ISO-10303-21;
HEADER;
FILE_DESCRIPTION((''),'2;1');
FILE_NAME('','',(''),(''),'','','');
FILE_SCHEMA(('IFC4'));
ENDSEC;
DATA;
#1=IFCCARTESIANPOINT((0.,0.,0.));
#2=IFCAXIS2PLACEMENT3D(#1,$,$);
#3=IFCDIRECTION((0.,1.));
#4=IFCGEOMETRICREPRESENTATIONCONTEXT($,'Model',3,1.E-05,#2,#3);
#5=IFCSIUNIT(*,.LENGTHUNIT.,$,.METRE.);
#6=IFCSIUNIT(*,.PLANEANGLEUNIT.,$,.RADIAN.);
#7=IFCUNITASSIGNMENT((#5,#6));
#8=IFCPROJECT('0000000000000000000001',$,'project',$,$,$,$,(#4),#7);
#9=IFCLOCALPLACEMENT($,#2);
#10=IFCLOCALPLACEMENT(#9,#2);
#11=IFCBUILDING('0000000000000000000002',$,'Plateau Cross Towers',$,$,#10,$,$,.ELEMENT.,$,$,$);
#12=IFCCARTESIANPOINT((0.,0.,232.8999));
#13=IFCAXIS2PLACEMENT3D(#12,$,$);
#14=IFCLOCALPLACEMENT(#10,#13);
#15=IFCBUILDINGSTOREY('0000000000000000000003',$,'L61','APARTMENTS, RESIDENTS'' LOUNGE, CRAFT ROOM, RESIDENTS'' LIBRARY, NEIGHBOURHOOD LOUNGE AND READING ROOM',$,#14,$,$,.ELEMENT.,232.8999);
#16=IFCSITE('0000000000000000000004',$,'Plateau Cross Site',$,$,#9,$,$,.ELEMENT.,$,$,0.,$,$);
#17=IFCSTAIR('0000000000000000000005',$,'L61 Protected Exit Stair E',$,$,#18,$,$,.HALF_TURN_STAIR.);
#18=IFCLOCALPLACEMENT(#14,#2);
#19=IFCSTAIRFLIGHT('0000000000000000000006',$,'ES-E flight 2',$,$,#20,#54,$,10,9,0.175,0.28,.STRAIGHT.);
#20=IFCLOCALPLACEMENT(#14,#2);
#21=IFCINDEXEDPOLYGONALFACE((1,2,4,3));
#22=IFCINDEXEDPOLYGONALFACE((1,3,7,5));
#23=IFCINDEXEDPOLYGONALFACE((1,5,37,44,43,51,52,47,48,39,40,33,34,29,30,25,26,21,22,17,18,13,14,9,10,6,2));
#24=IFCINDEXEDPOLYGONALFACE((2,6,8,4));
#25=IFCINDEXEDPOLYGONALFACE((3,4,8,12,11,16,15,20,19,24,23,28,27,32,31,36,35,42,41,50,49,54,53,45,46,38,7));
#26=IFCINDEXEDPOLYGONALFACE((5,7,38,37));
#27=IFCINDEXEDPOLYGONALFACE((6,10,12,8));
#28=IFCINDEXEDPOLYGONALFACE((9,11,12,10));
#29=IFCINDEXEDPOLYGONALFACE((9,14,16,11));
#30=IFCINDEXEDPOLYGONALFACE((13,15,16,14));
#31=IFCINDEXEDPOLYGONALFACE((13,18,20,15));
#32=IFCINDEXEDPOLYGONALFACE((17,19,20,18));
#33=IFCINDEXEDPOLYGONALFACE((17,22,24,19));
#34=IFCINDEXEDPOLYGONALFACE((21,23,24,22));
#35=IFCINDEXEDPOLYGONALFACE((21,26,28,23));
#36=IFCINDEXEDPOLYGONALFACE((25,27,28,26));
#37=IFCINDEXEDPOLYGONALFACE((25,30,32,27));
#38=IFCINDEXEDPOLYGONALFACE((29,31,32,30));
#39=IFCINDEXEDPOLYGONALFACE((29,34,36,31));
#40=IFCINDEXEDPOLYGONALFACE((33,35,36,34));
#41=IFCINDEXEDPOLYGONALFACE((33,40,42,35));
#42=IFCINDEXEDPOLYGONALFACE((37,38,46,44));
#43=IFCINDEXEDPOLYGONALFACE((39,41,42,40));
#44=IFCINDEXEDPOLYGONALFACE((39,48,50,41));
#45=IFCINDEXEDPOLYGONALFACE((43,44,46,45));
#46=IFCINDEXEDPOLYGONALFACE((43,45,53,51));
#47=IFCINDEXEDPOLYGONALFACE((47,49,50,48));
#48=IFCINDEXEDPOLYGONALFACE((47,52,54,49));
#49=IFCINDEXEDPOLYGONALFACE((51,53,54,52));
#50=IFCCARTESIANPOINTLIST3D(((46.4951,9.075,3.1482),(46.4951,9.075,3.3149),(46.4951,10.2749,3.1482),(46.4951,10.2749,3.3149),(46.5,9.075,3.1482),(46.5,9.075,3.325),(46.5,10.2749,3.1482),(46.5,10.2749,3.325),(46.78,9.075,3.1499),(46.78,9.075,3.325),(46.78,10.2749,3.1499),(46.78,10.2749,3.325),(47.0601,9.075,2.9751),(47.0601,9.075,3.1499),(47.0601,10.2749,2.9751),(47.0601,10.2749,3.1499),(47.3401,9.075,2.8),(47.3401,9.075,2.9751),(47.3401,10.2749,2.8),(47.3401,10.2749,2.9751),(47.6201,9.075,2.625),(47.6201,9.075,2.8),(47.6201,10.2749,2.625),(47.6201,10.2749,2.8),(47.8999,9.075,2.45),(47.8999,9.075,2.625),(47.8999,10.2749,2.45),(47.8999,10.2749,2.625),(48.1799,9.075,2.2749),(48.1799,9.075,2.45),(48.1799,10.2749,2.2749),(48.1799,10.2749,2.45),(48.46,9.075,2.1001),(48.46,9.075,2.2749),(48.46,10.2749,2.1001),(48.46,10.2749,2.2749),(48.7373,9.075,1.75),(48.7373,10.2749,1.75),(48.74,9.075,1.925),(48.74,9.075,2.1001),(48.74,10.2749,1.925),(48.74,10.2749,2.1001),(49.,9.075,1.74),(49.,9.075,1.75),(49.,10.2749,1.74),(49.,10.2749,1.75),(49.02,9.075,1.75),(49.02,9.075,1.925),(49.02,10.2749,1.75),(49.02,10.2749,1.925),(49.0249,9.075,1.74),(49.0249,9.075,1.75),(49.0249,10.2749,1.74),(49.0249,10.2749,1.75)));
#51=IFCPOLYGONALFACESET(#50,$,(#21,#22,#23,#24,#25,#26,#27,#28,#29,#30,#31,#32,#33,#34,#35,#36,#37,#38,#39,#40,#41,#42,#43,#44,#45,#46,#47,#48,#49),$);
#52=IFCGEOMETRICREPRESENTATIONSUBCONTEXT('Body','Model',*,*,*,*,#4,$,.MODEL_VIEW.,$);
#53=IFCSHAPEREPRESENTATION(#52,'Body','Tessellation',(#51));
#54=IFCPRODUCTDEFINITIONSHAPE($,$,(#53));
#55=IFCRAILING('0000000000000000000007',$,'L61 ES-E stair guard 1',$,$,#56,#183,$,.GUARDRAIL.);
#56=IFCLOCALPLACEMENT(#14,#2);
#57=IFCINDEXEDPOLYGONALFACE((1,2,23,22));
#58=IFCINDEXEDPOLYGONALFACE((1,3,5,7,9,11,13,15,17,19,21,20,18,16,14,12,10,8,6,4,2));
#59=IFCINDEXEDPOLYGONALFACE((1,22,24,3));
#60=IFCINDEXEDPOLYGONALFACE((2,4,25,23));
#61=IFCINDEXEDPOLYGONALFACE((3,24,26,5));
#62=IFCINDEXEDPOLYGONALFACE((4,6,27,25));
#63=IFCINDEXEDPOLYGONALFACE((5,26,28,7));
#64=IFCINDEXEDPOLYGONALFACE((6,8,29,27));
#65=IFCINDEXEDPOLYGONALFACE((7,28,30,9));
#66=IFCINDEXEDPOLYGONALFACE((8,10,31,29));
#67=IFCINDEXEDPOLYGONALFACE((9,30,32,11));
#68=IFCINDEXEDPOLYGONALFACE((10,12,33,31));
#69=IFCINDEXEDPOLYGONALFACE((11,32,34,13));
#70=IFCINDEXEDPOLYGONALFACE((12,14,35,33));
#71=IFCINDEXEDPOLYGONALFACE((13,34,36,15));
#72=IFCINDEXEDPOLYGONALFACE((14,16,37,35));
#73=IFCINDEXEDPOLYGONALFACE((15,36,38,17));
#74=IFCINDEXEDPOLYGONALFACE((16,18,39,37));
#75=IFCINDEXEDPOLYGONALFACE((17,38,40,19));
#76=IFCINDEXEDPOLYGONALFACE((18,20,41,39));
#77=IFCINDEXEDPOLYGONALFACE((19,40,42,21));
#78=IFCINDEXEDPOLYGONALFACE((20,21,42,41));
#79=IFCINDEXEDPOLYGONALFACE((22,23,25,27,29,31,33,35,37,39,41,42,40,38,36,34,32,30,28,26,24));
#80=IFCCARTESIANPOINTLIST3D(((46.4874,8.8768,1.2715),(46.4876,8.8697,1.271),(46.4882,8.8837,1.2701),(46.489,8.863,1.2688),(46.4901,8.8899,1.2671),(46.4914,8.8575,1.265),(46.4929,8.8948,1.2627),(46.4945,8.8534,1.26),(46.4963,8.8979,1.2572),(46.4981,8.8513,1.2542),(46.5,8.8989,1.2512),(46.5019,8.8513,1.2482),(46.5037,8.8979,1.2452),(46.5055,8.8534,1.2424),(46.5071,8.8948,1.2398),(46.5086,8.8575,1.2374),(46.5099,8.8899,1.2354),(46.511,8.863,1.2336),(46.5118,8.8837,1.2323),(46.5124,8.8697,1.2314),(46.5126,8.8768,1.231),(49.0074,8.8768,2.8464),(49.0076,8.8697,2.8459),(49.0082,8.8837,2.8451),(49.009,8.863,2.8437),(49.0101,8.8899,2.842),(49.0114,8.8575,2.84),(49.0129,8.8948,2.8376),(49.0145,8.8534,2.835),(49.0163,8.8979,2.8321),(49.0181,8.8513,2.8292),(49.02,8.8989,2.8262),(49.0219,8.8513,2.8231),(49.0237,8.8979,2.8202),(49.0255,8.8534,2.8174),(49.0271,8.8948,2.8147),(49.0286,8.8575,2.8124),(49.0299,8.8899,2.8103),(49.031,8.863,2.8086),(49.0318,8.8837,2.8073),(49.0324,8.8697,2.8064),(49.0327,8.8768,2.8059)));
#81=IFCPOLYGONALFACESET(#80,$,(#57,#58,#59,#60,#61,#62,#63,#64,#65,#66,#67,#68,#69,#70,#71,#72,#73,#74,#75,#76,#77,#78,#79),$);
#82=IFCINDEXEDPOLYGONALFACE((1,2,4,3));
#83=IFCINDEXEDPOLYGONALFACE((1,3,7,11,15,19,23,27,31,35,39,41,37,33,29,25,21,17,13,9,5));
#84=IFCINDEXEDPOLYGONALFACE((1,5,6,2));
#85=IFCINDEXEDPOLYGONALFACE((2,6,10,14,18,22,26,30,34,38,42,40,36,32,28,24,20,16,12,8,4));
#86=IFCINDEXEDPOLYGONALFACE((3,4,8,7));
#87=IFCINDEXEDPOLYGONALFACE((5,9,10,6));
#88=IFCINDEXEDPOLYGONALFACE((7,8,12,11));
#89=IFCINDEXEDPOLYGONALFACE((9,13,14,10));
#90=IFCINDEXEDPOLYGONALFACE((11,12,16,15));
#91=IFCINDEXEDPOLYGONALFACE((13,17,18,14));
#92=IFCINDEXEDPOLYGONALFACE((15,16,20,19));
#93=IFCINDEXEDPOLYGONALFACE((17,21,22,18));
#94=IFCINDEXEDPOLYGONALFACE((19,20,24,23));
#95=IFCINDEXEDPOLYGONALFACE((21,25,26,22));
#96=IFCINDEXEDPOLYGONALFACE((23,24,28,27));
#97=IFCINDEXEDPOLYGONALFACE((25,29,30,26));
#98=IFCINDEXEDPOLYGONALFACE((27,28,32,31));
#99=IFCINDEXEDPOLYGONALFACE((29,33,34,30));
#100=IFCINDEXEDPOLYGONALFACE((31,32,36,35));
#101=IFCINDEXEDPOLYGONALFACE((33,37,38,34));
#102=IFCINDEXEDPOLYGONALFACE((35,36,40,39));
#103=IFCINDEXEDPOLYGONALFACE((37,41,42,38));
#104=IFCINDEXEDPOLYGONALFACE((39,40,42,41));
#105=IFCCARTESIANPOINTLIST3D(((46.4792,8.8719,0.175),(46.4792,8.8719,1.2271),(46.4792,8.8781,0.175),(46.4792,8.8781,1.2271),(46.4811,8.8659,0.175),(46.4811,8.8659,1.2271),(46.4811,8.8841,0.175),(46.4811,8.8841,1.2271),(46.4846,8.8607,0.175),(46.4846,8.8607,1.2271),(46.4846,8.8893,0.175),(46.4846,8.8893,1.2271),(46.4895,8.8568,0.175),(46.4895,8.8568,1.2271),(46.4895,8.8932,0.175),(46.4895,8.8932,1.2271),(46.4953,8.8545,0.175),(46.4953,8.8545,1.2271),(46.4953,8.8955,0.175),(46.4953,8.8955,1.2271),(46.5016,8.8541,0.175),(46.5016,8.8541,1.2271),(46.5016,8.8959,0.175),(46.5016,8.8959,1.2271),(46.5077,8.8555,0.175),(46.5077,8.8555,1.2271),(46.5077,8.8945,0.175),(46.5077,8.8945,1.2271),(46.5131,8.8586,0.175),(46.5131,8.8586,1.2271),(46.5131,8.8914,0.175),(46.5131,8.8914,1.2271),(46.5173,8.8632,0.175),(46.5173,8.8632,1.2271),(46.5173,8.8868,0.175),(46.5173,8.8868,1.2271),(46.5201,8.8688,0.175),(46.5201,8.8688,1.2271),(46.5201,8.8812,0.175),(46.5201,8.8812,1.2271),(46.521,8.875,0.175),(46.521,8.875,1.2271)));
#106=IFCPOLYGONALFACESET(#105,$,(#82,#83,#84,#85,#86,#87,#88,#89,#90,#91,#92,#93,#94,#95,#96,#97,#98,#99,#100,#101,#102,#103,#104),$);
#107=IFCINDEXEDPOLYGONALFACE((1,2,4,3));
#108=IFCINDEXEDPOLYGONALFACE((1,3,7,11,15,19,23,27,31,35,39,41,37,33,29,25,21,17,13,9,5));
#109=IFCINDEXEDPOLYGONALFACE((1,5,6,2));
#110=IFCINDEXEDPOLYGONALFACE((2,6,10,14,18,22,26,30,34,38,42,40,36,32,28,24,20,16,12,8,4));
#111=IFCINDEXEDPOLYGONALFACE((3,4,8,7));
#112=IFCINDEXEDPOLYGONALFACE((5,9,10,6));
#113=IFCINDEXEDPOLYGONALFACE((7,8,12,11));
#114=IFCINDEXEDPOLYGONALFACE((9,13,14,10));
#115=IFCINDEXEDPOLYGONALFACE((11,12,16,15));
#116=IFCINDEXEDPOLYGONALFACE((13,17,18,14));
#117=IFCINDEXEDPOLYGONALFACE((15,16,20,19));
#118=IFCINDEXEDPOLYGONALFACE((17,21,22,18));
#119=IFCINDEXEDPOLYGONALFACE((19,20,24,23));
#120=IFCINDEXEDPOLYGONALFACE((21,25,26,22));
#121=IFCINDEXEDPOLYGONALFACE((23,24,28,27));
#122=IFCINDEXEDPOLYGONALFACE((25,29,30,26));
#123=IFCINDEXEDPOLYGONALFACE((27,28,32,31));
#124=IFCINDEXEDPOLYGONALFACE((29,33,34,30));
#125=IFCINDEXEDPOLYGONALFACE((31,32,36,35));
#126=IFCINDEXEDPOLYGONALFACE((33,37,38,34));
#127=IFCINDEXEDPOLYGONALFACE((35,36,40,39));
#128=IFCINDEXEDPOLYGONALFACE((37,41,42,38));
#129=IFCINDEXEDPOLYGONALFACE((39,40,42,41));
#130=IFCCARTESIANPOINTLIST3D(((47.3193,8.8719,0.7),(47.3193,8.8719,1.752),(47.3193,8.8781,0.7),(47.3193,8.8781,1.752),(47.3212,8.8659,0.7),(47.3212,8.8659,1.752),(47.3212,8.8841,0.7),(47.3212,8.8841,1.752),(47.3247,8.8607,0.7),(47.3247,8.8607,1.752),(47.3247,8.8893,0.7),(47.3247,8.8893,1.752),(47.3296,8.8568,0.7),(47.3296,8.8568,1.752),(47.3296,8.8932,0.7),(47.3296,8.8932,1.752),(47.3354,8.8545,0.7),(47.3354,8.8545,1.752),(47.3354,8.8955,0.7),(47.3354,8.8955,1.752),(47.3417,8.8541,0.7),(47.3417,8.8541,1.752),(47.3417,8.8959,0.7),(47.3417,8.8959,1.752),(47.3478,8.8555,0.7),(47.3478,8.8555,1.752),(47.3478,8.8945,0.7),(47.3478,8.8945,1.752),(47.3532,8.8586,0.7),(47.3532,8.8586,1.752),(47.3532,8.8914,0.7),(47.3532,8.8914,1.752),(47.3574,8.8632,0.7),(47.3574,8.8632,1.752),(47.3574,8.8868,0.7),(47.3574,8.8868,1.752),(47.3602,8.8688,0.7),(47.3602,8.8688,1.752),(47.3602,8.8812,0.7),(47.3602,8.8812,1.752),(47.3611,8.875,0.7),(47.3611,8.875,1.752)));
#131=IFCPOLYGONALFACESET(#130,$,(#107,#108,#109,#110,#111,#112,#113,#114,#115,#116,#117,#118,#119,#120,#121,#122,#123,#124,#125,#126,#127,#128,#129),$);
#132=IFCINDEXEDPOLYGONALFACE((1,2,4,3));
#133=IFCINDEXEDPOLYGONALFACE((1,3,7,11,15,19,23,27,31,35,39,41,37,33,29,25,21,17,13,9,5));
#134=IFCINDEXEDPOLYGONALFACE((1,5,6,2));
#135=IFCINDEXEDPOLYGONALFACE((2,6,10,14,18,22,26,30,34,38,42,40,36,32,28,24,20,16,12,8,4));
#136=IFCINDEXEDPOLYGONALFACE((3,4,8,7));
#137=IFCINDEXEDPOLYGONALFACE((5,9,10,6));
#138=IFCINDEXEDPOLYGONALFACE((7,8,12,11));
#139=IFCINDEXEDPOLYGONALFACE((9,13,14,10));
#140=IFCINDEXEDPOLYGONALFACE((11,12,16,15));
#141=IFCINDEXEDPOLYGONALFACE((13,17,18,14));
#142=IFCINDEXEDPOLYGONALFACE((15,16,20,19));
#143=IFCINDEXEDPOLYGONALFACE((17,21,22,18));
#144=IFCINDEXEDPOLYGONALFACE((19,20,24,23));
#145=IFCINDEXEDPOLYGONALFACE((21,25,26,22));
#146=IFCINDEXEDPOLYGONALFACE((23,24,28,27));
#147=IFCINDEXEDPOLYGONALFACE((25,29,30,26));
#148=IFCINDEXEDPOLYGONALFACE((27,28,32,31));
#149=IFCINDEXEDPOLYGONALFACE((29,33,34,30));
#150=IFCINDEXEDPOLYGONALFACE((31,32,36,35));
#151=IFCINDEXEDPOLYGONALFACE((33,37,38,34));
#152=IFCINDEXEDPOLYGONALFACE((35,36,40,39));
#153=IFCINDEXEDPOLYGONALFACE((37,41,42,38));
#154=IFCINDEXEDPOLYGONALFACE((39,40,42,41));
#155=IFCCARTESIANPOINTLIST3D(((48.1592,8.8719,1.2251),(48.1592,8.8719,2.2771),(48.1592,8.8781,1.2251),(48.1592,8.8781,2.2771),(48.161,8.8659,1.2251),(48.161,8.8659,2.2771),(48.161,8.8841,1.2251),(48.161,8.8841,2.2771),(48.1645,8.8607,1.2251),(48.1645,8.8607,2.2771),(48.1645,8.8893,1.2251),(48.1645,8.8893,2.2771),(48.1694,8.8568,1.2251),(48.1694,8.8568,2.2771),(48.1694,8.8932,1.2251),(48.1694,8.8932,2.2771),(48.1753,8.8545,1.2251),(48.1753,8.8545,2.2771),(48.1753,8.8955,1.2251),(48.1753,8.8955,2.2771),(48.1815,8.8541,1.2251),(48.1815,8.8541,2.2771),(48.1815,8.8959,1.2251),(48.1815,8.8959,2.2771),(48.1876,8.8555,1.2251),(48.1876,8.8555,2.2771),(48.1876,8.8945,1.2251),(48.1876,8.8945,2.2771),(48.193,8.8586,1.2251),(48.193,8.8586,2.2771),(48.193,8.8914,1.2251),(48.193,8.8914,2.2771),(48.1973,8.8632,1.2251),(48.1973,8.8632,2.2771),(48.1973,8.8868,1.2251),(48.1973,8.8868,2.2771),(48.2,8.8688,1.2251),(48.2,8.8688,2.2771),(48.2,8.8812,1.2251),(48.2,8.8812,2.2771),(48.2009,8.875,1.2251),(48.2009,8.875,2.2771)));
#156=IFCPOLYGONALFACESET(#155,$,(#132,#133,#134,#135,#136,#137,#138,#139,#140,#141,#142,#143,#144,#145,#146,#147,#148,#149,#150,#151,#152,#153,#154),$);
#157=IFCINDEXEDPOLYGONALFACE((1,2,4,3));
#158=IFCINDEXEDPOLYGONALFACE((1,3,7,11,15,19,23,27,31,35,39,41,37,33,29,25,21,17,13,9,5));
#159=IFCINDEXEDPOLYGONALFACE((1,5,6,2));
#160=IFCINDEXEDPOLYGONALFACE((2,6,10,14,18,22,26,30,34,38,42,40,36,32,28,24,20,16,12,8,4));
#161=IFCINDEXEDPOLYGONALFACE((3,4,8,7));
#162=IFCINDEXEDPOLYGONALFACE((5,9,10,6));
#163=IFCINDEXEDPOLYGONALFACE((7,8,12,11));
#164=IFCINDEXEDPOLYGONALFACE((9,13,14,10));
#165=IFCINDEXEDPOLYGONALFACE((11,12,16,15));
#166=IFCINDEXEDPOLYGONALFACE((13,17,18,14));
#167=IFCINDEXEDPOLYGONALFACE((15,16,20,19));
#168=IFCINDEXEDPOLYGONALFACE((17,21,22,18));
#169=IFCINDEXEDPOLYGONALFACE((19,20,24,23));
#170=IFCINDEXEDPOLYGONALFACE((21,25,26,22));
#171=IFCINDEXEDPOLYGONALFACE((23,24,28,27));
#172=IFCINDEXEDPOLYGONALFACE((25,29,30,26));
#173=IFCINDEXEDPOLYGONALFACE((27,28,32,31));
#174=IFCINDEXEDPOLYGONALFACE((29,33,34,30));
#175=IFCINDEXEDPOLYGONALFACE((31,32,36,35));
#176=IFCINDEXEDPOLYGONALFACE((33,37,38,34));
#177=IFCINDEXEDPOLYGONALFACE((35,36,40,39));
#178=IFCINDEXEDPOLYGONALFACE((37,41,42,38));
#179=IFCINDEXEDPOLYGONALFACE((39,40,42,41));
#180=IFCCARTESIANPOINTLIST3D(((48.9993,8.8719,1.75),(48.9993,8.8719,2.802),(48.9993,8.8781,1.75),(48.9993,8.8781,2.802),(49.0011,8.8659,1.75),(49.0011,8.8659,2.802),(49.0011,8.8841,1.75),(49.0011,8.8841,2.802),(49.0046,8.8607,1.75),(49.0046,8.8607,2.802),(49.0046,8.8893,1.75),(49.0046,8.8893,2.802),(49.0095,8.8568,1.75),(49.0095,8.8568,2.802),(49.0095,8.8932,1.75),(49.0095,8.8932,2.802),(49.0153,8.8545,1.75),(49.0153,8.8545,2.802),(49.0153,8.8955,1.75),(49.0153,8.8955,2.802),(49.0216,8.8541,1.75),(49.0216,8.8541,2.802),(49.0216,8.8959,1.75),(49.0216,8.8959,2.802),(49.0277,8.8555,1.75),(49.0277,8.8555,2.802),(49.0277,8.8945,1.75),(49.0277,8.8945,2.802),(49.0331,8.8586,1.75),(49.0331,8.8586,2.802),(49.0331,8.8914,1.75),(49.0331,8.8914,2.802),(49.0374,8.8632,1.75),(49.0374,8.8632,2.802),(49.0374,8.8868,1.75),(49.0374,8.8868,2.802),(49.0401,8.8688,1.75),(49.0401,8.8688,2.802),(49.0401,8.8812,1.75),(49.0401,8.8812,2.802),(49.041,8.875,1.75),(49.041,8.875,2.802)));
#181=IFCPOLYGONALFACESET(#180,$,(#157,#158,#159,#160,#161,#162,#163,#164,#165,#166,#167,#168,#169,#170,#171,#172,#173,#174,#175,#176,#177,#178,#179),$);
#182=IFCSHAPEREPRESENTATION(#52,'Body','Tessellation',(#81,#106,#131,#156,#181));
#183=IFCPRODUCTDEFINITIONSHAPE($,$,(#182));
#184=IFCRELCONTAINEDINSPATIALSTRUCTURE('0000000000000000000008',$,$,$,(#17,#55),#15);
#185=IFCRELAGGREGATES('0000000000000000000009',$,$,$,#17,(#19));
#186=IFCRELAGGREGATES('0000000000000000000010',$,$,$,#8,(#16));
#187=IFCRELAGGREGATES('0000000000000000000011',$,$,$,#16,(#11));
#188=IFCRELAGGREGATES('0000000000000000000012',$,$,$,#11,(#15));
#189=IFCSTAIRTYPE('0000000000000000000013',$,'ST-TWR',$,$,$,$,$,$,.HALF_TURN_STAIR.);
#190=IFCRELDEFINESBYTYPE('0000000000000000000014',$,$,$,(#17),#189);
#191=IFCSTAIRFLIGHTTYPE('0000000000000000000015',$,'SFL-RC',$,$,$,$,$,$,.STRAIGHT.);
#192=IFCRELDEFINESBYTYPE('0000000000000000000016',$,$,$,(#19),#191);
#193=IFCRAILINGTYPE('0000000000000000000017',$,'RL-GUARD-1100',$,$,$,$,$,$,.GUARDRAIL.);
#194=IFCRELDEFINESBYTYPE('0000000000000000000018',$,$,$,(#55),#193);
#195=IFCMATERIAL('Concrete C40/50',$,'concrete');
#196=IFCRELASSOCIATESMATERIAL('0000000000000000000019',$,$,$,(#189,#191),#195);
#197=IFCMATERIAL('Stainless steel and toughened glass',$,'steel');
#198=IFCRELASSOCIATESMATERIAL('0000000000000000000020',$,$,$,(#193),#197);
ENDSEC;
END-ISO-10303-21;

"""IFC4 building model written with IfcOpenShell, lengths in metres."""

from ifc_helpers import new_model, si_unit, direction, frame, origin, origin_2d, place, context, subcontext, project, spatial, polyline, circle, outline, extrude, material, type_object, element, aggregate, save


model = new_model("IFC4")

# Units and contexts
model_context = context("Model", 3, precision=1e-05, world=origin(), true_north=direction((0.0, 1.0)))
body_context = subcontext(model_context, "Body", "Model", "MODEL_VIEW")
ifc_project = project(units=[si_unit("LENGTHUNIT", "METRE"), si_unit("PLANEANGLEUNIT", "RADIAN")], contexts=[model_context])

# Site, building, storey
site_placement = place(None, origin())
site = spatial("IfcSite", under=ifc_project, at=site_placement, Name="Plateau Cross Site", CompositionType="ELEMENT", RefElevation=0.0)
building_placement = place(site_placement, origin())
building = spatial("IfcBuilding", under=site, at=building_placement, Name="Plateau Cross Towers", CompositionType="ELEMENT")
storey_placement = place(building_placement, frame((0.0, 0.0, 232.8999)))
storey = spatial("IfcBuildingStorey", under=building, at=storey_placement, Name="L61", Description="APARTMENTS, RESIDENTS' LOUNGE, CRAFT ROOM, RESIDENTS' LIBRARY, NEIGHBOURHOOD LOUNGE AND READING ROOM", CompositionType="ELEMENT", Elevation=232.8999)

# Stair, stair flight
ifc_material_1 = material(Name="Concrete C40/50", Category="concrete")
stair_type = type_object("IfcStairType", Name="ST-TWR", PredefinedType="HALF_TURN_STAIR", material=ifc_material_1)
stair_placement = place(storey_placement, origin())
stair = element("IfcStair", 1, at=stair_placement, inside=storey, type_object=stair_type, Name="L61 Protected Exit Stair E", PredefinedType="HALF_TURN_STAIR")
stair_flight_type = type_object("IfcStairFlightType", Name="SFL-RC", PredefinedType="STRAIGHT", material=ifc_material_1)
stair_flight_placement = place(storey_placement, frame((49.02, 9.675, 1.75), z_axis=(0.0, 0.0, 1.0), x_axis=(-1.0, 0.0, 0.0)))
stair_flight = element("IfcStairFlight", 2, at=stair_flight_placement, type_object=stair_flight_type, Name="ES-E flight 2", NumberOfRisers=10, NumberOfTreads=9, PredefinedType="STRAIGHT", RiserHeight=0.175, TreadLength=0.28, context=body_context, shape_type="SweptSolid", body=[
    extrude(outline(polyline([(-0.0049, -0.01), (-0.0049, 0.0), (0.0, 0.0), (0.0, 0.175), (0.28, 0.175), (0.28, 0.3501), (0.5601, 0.3501), (0.5601, 0.5249), (0.8401, 0.5249), (0.8401, 0.7), (1.1201, 0.7), (1.1201, 0.875), (1.3999, 0.875), (1.3999, 1.05), (1.6799, 1.05), (1.6799, 1.2251), (1.96, 1.2251), (1.96, 1.3999), (2.24, 1.3999), (2.24, 1.575), (2.52, 1.575), (2.5249, 1.5649), (2.5249, 1.3982), (2.52, 1.3982), (0.2827, 0.0), (0.02, 0.0), (0.02, -0.01), (-0.0049, -0.01)])), frame((0.0, 0.6001, 0.0), z_axis=(0.0, -1.0, 0.0), x_axis=(1.0, 0.0, 0.0)), (0.0, 0.0, 1.0), 1.2),
])
aggregate(stair, [stair_flight])

# Railing
ifc_material_2 = material(Name="Stainless steel and toughened glass", Category="steel")
railing_type_1 = type_object("IfcRailingType", Name="RL-GUARD-1100", PredefinedType="GUARDRAIL", material=ifc_material_2)
railing_1_placement = place(storey_placement, frame((46.5, 8.875, 0.175)))
element("IfcRailing", 3, at=railing_1_placement, inside=storey, type_object=railing_type_1, Name="L61 ES-E stair guard 1", PredefinedType="GUARDRAIL", context=body_context, shape_type="SweptSolid", body=[
    extrude(circle(Radius=0.0239, at=origin_2d()), frame((0.0, 0.0, 1.0762), z_axis=(0.848008, 0.0, 0.529984), x_axis=(0.0, 1.0, 0.0)), (0.0, 0.0, 1.0), 2.9717),
    extrude(circle(Radius=0.021, at=origin_2d()), origin(), (0.0, 0.0, 1.0), 1.052),
    extrude(circle(Radius=0.021, at=origin_2d()), frame((0.8401, 0.0, 0.5249)), (0.0, 0.0, 1.0), 1.052),
    extrude(circle(Radius=0.021, at=origin_2d()), frame((1.6799, 0.0, 1.05)), (0.0, 0.0, 1.0), 1.052),
    extrude(circle(Radius=0.021, at=origin_2d()), frame((2.52, 0.0, 1.575)), (0.0, 0.0, 1.0), 1.052),
])

save(model, "model.ifc")
